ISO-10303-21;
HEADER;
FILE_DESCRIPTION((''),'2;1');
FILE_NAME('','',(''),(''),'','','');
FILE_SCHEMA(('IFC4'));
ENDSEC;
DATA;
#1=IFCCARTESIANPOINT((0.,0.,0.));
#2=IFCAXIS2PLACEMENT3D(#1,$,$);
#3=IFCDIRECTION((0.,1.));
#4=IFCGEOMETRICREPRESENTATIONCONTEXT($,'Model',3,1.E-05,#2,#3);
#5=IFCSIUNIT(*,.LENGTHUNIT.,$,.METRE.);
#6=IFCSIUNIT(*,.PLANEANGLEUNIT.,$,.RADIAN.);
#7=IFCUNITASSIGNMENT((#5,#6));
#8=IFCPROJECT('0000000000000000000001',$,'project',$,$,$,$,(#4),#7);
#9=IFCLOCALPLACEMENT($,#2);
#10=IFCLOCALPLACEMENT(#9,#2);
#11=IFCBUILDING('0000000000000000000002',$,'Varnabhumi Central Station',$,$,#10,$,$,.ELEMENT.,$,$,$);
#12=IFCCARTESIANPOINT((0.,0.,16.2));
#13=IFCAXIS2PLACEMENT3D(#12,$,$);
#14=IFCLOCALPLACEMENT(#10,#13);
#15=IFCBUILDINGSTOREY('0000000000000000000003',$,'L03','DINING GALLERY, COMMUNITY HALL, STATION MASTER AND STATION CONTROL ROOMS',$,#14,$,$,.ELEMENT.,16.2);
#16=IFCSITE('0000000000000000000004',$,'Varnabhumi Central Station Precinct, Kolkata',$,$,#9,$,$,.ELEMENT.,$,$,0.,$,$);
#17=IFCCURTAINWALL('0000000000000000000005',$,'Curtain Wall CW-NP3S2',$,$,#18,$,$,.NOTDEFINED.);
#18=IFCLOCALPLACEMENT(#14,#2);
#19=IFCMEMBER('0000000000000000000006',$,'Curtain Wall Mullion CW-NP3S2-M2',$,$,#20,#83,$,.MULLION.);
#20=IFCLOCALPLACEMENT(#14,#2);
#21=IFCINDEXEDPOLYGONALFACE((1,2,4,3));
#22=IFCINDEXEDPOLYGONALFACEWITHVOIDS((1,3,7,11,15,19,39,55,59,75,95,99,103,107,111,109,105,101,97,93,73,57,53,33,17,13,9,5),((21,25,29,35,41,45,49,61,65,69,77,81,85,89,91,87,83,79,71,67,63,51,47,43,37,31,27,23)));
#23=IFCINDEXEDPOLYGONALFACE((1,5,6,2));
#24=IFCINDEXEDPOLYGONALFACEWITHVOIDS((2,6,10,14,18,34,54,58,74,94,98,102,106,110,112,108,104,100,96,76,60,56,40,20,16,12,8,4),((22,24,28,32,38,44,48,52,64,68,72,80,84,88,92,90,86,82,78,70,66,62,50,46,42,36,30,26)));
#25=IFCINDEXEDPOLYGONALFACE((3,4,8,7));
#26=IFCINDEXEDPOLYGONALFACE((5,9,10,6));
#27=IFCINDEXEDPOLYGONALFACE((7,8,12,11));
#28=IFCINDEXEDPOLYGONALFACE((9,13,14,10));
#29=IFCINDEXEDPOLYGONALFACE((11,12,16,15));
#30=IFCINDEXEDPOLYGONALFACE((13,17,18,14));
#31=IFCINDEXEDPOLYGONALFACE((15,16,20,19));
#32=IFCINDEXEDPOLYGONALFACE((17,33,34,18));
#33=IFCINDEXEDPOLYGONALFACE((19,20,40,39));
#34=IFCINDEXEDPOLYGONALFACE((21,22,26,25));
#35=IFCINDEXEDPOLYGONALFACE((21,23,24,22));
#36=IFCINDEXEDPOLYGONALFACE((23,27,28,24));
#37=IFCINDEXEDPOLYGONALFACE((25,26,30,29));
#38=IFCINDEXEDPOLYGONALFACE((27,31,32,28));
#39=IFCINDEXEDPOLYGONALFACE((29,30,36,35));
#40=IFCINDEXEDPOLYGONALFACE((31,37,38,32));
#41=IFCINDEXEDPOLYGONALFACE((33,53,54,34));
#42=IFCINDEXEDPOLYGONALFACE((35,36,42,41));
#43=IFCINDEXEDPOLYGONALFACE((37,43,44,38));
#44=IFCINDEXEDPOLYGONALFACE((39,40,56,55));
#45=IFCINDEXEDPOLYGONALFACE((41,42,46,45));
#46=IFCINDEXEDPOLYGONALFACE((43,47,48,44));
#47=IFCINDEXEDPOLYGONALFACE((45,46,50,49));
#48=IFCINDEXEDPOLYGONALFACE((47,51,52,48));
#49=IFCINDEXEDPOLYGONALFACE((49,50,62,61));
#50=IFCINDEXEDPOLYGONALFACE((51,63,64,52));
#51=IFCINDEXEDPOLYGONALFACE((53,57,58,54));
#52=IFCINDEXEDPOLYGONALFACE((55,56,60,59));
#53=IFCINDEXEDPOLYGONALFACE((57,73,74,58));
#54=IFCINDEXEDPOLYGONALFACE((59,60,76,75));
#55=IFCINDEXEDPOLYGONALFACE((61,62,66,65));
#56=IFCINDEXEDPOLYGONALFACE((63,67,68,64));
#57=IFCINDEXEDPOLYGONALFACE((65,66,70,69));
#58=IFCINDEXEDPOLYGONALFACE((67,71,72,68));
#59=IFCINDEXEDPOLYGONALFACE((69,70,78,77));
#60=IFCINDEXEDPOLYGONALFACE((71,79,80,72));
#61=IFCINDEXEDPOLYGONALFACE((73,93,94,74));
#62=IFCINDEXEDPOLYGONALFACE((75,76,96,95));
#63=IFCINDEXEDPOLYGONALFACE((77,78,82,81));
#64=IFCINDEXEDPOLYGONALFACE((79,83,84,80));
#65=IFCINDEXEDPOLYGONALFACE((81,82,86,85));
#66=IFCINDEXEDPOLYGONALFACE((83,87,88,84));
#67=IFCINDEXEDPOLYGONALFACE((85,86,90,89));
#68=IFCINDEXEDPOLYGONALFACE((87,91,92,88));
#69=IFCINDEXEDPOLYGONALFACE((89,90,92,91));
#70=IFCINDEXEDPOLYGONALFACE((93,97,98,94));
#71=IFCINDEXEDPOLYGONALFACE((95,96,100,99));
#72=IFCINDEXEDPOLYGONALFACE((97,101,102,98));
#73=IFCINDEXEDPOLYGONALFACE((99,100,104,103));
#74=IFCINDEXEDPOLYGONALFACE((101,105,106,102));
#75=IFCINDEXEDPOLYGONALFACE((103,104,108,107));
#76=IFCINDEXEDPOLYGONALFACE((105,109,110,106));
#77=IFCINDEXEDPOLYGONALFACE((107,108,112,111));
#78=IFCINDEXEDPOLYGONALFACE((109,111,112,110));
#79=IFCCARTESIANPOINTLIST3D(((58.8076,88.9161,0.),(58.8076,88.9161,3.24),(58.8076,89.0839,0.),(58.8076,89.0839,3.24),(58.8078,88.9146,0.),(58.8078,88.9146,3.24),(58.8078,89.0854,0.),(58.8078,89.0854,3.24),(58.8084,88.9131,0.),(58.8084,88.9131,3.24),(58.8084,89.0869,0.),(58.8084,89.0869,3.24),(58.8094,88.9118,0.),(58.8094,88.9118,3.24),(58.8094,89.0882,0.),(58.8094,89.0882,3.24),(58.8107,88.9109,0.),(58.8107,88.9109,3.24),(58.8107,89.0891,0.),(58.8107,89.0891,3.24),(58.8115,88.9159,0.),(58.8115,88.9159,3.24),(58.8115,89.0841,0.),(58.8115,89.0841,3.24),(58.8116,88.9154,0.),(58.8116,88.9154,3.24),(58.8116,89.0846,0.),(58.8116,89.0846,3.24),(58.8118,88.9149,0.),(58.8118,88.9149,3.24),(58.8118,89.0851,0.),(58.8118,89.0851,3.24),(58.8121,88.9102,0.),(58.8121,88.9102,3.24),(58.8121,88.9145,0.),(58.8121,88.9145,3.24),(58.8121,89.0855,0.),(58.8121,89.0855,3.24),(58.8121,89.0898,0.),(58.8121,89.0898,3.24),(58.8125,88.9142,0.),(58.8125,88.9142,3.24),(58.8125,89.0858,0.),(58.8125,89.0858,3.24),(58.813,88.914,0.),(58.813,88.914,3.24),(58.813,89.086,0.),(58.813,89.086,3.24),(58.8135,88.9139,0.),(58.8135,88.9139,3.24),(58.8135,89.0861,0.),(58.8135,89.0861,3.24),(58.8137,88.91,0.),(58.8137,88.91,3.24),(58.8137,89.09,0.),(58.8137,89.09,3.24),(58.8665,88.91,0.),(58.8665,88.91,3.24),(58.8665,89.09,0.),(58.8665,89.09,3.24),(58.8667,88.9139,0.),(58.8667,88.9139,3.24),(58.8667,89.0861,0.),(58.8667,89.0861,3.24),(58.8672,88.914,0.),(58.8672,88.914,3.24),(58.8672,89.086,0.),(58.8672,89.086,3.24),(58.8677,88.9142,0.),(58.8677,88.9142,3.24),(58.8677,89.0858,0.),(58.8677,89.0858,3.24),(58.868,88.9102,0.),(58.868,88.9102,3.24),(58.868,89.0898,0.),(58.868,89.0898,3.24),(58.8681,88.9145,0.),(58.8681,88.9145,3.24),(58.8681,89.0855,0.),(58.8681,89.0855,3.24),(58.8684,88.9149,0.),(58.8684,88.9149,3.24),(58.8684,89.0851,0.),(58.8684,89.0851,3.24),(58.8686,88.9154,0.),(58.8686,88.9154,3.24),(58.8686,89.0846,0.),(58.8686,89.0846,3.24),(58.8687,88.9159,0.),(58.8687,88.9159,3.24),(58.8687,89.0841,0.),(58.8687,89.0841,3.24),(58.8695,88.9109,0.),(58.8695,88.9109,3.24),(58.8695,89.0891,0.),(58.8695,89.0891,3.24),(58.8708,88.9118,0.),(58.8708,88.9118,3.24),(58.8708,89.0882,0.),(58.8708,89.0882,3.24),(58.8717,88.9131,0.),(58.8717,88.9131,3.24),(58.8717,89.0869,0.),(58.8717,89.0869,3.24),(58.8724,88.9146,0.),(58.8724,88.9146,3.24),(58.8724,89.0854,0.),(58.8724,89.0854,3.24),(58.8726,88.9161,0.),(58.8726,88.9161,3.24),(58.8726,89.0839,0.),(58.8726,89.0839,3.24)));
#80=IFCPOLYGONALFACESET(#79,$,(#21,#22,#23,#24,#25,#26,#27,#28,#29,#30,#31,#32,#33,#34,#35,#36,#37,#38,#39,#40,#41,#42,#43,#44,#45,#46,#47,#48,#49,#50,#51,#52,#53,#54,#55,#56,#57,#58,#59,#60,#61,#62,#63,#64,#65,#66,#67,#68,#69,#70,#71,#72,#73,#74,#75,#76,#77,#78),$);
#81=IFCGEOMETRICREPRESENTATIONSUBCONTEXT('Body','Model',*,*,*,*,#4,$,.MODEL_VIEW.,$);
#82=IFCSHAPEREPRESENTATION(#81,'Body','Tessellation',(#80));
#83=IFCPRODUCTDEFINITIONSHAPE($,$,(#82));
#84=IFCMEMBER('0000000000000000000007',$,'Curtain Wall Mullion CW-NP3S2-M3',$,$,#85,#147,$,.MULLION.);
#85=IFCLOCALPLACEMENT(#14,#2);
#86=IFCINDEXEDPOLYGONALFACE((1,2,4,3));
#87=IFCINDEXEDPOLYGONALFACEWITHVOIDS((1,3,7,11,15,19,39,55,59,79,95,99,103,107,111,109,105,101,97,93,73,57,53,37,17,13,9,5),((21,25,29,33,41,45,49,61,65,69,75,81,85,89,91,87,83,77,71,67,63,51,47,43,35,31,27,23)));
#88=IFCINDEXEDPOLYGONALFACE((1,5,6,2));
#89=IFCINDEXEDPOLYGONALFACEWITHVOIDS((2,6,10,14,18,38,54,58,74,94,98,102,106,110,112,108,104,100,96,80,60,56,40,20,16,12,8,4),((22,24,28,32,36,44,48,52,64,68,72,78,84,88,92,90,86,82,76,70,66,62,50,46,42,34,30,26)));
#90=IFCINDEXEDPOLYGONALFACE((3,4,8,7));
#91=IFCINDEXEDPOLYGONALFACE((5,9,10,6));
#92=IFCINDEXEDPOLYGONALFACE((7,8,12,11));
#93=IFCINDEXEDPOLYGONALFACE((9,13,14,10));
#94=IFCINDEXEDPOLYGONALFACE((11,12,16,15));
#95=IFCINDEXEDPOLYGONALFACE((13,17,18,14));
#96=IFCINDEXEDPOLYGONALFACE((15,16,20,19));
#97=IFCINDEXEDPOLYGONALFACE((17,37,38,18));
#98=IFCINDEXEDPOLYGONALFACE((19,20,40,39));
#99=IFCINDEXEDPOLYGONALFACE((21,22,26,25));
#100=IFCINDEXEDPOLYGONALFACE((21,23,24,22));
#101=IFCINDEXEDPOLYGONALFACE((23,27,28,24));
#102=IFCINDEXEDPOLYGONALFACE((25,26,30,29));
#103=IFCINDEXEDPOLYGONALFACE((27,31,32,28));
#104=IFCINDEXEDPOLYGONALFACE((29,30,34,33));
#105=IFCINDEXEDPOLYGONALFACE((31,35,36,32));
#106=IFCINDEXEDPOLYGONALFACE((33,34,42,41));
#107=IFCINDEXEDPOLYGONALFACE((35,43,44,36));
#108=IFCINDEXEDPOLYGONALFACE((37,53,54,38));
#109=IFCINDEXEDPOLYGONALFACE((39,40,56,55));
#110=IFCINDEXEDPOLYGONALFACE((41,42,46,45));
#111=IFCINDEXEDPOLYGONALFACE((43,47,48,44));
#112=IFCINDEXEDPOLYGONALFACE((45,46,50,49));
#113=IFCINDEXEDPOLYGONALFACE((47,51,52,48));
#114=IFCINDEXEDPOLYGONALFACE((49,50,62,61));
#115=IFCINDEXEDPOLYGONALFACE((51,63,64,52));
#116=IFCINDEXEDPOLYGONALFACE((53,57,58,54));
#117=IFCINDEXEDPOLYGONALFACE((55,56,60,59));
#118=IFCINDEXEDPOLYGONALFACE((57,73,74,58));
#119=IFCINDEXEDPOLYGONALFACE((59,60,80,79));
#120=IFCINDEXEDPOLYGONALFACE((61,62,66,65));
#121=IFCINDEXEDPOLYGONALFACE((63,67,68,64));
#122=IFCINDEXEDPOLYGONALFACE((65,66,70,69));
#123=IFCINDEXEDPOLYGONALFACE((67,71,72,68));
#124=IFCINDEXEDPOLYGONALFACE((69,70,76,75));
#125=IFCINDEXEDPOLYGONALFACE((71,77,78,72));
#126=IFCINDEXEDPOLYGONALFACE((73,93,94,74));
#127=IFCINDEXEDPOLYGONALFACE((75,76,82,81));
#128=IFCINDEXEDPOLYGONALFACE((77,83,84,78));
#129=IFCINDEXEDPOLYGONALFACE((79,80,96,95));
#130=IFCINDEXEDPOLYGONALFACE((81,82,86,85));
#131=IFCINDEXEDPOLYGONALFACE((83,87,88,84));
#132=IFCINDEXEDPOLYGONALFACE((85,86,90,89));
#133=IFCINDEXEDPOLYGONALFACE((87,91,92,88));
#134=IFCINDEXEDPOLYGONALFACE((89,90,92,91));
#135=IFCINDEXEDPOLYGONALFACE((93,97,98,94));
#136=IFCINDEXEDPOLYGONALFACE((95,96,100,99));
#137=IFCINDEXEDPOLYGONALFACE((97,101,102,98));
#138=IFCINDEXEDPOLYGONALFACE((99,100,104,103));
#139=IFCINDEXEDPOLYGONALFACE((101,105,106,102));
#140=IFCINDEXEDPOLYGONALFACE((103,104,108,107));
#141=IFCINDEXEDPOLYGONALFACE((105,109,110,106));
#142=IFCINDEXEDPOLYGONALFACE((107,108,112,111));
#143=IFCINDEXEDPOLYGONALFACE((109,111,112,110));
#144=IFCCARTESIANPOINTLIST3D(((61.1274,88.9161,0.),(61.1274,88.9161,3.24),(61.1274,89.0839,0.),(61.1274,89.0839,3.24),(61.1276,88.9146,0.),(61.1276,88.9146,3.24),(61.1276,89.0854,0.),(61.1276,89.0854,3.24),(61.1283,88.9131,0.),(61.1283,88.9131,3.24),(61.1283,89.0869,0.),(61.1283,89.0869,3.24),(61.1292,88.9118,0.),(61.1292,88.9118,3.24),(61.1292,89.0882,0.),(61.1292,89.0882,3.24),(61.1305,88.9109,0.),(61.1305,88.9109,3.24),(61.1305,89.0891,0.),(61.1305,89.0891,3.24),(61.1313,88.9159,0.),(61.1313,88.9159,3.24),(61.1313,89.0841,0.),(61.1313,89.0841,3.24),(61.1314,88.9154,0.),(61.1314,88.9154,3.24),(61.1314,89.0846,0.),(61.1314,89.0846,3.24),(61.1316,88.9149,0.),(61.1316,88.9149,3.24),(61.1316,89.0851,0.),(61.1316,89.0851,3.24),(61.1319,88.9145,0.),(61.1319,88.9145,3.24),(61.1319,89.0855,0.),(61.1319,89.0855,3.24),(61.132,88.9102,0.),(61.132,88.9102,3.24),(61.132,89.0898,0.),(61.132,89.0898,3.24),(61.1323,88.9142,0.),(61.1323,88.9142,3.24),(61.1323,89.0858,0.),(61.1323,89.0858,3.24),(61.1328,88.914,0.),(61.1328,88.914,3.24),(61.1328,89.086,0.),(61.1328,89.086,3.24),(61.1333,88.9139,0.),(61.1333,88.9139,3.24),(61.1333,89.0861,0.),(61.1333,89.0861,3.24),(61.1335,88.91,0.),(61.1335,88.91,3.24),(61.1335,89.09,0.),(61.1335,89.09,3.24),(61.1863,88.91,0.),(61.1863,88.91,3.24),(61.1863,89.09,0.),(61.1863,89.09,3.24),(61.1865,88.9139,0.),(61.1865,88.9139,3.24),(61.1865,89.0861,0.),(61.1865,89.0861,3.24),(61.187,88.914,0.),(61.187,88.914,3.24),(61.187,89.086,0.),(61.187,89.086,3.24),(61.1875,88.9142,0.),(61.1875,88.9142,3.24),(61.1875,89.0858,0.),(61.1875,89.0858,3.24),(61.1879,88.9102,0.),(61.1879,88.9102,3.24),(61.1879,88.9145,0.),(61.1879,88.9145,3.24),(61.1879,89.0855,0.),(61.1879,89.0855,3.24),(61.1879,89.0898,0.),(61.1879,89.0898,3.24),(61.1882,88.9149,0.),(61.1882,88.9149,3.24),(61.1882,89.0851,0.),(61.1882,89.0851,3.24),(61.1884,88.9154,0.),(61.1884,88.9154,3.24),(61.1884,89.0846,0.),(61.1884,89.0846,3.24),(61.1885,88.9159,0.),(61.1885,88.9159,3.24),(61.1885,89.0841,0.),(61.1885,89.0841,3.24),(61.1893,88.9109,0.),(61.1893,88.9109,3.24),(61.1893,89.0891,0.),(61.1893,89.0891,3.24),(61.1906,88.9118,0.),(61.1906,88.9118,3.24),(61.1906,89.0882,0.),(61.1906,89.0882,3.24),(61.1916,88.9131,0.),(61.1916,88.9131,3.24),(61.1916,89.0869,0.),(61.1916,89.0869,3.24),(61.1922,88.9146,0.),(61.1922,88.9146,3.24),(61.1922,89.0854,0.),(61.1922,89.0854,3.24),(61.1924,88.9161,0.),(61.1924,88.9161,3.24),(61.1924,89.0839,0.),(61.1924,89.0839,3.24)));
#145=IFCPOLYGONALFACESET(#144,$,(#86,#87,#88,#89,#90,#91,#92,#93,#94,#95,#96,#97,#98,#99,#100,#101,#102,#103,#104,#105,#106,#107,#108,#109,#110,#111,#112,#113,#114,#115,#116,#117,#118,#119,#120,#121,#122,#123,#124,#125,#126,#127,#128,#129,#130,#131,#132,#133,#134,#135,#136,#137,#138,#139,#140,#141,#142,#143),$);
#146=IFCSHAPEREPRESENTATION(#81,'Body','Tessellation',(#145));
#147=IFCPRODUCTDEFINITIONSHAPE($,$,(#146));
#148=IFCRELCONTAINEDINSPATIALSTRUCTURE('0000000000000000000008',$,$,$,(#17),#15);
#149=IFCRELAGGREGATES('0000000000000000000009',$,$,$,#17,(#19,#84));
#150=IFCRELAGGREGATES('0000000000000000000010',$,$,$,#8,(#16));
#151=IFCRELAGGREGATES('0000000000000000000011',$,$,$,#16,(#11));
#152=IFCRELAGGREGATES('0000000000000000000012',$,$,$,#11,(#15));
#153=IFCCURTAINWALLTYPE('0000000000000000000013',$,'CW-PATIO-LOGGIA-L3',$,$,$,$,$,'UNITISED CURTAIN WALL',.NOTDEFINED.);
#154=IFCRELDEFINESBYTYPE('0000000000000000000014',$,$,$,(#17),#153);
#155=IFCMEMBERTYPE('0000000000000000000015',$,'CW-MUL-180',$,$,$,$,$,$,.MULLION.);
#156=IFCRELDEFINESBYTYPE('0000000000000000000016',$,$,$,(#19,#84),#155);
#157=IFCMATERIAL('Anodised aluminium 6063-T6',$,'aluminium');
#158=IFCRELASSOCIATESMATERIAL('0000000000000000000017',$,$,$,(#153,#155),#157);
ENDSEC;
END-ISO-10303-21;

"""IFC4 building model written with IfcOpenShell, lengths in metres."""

from ifc_helpers import new_model, si_unit, direction, frame, origin, origin_2d, place, context, subcontext, project, spatial, hollow_rectangle, extrude, material, material_profile, profile_set, type_object, element, aggregate, save


model = new_model("IFC4")

# Units and contexts
model_context = context("Model", 3, precision=1e-05, world=origin(), true_north=direction((0.0, 1.0)))
body_context = subcontext(model_context, "Body", "Model", "MODEL_VIEW")
ifc_project = project(units=[si_unit("LENGTHUNIT", "METRE"), si_unit("PLANEANGLEUNIT", "RADIAN")], contexts=[model_context])

# Site, building, storey
site_placement = place(None, origin())
site = spatial("IfcSite", under=ifc_project, at=site_placement, Name="Varnabhumi Central Station Precinct, Kolkata", CompositionType="ELEMENT", RefElevation=0.0)
building_placement = place(site_placement, origin())
building = spatial("IfcBuilding", under=site, at=building_placement, Name="Varnabhumi Central Station", CompositionType="ELEMENT")
storey_placement = place(building_placement, frame((0.0, 0.0, 16.2)))
storey = spatial("IfcBuildingStorey", under=building, at=storey_placement, Name="L03", Description="DINING GALLERY, COMMUNITY HALL, STATION MASTER AND STATION CONTROL ROOMS", CompositionType="ELEMENT", Elevation=16.2)

# Curtain wall, members
ifc_material_1 = material(Name="Anodised aluminium 6063-T6", Category="aluminium")
curtain_wall_type = type_object("IfcCurtainWallType", Name="CW-PATIO-LOGGIA-L3", ElementType="UNITISED CURTAIN WALL", PredefinedType="NOTDEFINED", material=ifc_material_1)
ifc_material_profile_1 = material_profile(ifc_material_1, hollow_rectangle(XDim=0.0649, YDim=0.1799, WallThickness=0.0039, InnerFilletRadius=0.002, OuterFilletRadius=0.0061, at=origin_2d()), Name="Anodised aluminium 6063-T6", Category="aluminium")
ifc_profile_set_1 = profile_set([ifc_material_profile_1], Name="Anodised aluminium 6063-T6")
member_type_1 = type_object("IfcMemberType", Name="CW-MUL-180", PredefinedType="MULLION", material=ifc_profile_set_1)
curtain_wall_1_placement = place(storey_placement, origin())
curtain_wall_1 = element("IfcCurtainWall", 1, at=curtain_wall_1_placement, inside=storey, type_object=curtain_wall_type, Name="Curtain Wall CW-NP3S2", PredefinedType="NOTDEFINED")
member_1_placement = place(storey_placement, frame((58.8401, 89.0, 0.0), z_axis=(0.0, 0.0, 1.0), x_axis=(1.0, 0.0, 0.0)))
member_1 = element("IfcMember", 2, at=member_1_placement, type_object=member_type_1, Name="Curtain Wall Mullion CW-NP3S2-M2", PredefinedType="MULLION", context=body_context, shape_type="SweptSolid", body=[
    extrude(hollow_rectangle(XDim=0.0649, YDim=0.1799, WallThickness=0.0039, InnerFilletRadius=0.002, OuterFilletRadius=0.0061, at=origin_2d()), origin(), (0.0, 0.0, 1.0), 3.24),
])
member_2_placement = place(storey_placement, frame((61.1599, 89.0, 0.0), z_axis=(0.0, 0.0, 1.0), x_axis=(1.0, 0.0, 0.0)))
member_2 = element("IfcMember", 3, at=member_2_placement, type_object=member_type_1, Name="Curtain Wall Mullion CW-NP3S2-M3", PredefinedType="MULLION", context=body_context, shape_type="SweptSolid", body=[
    extrude(hollow_rectangle(XDim=0.0649, YDim=0.1799, WallThickness=0.0039, InnerFilletRadius=0.002, OuterFilletRadius=0.0061, at=origin_2d()), origin(), (0.0, 0.0, 1.0), 3.24),
])

aggregate(curtain_wall_1, [member_1, member_2])

save(model, "model.ifc")
